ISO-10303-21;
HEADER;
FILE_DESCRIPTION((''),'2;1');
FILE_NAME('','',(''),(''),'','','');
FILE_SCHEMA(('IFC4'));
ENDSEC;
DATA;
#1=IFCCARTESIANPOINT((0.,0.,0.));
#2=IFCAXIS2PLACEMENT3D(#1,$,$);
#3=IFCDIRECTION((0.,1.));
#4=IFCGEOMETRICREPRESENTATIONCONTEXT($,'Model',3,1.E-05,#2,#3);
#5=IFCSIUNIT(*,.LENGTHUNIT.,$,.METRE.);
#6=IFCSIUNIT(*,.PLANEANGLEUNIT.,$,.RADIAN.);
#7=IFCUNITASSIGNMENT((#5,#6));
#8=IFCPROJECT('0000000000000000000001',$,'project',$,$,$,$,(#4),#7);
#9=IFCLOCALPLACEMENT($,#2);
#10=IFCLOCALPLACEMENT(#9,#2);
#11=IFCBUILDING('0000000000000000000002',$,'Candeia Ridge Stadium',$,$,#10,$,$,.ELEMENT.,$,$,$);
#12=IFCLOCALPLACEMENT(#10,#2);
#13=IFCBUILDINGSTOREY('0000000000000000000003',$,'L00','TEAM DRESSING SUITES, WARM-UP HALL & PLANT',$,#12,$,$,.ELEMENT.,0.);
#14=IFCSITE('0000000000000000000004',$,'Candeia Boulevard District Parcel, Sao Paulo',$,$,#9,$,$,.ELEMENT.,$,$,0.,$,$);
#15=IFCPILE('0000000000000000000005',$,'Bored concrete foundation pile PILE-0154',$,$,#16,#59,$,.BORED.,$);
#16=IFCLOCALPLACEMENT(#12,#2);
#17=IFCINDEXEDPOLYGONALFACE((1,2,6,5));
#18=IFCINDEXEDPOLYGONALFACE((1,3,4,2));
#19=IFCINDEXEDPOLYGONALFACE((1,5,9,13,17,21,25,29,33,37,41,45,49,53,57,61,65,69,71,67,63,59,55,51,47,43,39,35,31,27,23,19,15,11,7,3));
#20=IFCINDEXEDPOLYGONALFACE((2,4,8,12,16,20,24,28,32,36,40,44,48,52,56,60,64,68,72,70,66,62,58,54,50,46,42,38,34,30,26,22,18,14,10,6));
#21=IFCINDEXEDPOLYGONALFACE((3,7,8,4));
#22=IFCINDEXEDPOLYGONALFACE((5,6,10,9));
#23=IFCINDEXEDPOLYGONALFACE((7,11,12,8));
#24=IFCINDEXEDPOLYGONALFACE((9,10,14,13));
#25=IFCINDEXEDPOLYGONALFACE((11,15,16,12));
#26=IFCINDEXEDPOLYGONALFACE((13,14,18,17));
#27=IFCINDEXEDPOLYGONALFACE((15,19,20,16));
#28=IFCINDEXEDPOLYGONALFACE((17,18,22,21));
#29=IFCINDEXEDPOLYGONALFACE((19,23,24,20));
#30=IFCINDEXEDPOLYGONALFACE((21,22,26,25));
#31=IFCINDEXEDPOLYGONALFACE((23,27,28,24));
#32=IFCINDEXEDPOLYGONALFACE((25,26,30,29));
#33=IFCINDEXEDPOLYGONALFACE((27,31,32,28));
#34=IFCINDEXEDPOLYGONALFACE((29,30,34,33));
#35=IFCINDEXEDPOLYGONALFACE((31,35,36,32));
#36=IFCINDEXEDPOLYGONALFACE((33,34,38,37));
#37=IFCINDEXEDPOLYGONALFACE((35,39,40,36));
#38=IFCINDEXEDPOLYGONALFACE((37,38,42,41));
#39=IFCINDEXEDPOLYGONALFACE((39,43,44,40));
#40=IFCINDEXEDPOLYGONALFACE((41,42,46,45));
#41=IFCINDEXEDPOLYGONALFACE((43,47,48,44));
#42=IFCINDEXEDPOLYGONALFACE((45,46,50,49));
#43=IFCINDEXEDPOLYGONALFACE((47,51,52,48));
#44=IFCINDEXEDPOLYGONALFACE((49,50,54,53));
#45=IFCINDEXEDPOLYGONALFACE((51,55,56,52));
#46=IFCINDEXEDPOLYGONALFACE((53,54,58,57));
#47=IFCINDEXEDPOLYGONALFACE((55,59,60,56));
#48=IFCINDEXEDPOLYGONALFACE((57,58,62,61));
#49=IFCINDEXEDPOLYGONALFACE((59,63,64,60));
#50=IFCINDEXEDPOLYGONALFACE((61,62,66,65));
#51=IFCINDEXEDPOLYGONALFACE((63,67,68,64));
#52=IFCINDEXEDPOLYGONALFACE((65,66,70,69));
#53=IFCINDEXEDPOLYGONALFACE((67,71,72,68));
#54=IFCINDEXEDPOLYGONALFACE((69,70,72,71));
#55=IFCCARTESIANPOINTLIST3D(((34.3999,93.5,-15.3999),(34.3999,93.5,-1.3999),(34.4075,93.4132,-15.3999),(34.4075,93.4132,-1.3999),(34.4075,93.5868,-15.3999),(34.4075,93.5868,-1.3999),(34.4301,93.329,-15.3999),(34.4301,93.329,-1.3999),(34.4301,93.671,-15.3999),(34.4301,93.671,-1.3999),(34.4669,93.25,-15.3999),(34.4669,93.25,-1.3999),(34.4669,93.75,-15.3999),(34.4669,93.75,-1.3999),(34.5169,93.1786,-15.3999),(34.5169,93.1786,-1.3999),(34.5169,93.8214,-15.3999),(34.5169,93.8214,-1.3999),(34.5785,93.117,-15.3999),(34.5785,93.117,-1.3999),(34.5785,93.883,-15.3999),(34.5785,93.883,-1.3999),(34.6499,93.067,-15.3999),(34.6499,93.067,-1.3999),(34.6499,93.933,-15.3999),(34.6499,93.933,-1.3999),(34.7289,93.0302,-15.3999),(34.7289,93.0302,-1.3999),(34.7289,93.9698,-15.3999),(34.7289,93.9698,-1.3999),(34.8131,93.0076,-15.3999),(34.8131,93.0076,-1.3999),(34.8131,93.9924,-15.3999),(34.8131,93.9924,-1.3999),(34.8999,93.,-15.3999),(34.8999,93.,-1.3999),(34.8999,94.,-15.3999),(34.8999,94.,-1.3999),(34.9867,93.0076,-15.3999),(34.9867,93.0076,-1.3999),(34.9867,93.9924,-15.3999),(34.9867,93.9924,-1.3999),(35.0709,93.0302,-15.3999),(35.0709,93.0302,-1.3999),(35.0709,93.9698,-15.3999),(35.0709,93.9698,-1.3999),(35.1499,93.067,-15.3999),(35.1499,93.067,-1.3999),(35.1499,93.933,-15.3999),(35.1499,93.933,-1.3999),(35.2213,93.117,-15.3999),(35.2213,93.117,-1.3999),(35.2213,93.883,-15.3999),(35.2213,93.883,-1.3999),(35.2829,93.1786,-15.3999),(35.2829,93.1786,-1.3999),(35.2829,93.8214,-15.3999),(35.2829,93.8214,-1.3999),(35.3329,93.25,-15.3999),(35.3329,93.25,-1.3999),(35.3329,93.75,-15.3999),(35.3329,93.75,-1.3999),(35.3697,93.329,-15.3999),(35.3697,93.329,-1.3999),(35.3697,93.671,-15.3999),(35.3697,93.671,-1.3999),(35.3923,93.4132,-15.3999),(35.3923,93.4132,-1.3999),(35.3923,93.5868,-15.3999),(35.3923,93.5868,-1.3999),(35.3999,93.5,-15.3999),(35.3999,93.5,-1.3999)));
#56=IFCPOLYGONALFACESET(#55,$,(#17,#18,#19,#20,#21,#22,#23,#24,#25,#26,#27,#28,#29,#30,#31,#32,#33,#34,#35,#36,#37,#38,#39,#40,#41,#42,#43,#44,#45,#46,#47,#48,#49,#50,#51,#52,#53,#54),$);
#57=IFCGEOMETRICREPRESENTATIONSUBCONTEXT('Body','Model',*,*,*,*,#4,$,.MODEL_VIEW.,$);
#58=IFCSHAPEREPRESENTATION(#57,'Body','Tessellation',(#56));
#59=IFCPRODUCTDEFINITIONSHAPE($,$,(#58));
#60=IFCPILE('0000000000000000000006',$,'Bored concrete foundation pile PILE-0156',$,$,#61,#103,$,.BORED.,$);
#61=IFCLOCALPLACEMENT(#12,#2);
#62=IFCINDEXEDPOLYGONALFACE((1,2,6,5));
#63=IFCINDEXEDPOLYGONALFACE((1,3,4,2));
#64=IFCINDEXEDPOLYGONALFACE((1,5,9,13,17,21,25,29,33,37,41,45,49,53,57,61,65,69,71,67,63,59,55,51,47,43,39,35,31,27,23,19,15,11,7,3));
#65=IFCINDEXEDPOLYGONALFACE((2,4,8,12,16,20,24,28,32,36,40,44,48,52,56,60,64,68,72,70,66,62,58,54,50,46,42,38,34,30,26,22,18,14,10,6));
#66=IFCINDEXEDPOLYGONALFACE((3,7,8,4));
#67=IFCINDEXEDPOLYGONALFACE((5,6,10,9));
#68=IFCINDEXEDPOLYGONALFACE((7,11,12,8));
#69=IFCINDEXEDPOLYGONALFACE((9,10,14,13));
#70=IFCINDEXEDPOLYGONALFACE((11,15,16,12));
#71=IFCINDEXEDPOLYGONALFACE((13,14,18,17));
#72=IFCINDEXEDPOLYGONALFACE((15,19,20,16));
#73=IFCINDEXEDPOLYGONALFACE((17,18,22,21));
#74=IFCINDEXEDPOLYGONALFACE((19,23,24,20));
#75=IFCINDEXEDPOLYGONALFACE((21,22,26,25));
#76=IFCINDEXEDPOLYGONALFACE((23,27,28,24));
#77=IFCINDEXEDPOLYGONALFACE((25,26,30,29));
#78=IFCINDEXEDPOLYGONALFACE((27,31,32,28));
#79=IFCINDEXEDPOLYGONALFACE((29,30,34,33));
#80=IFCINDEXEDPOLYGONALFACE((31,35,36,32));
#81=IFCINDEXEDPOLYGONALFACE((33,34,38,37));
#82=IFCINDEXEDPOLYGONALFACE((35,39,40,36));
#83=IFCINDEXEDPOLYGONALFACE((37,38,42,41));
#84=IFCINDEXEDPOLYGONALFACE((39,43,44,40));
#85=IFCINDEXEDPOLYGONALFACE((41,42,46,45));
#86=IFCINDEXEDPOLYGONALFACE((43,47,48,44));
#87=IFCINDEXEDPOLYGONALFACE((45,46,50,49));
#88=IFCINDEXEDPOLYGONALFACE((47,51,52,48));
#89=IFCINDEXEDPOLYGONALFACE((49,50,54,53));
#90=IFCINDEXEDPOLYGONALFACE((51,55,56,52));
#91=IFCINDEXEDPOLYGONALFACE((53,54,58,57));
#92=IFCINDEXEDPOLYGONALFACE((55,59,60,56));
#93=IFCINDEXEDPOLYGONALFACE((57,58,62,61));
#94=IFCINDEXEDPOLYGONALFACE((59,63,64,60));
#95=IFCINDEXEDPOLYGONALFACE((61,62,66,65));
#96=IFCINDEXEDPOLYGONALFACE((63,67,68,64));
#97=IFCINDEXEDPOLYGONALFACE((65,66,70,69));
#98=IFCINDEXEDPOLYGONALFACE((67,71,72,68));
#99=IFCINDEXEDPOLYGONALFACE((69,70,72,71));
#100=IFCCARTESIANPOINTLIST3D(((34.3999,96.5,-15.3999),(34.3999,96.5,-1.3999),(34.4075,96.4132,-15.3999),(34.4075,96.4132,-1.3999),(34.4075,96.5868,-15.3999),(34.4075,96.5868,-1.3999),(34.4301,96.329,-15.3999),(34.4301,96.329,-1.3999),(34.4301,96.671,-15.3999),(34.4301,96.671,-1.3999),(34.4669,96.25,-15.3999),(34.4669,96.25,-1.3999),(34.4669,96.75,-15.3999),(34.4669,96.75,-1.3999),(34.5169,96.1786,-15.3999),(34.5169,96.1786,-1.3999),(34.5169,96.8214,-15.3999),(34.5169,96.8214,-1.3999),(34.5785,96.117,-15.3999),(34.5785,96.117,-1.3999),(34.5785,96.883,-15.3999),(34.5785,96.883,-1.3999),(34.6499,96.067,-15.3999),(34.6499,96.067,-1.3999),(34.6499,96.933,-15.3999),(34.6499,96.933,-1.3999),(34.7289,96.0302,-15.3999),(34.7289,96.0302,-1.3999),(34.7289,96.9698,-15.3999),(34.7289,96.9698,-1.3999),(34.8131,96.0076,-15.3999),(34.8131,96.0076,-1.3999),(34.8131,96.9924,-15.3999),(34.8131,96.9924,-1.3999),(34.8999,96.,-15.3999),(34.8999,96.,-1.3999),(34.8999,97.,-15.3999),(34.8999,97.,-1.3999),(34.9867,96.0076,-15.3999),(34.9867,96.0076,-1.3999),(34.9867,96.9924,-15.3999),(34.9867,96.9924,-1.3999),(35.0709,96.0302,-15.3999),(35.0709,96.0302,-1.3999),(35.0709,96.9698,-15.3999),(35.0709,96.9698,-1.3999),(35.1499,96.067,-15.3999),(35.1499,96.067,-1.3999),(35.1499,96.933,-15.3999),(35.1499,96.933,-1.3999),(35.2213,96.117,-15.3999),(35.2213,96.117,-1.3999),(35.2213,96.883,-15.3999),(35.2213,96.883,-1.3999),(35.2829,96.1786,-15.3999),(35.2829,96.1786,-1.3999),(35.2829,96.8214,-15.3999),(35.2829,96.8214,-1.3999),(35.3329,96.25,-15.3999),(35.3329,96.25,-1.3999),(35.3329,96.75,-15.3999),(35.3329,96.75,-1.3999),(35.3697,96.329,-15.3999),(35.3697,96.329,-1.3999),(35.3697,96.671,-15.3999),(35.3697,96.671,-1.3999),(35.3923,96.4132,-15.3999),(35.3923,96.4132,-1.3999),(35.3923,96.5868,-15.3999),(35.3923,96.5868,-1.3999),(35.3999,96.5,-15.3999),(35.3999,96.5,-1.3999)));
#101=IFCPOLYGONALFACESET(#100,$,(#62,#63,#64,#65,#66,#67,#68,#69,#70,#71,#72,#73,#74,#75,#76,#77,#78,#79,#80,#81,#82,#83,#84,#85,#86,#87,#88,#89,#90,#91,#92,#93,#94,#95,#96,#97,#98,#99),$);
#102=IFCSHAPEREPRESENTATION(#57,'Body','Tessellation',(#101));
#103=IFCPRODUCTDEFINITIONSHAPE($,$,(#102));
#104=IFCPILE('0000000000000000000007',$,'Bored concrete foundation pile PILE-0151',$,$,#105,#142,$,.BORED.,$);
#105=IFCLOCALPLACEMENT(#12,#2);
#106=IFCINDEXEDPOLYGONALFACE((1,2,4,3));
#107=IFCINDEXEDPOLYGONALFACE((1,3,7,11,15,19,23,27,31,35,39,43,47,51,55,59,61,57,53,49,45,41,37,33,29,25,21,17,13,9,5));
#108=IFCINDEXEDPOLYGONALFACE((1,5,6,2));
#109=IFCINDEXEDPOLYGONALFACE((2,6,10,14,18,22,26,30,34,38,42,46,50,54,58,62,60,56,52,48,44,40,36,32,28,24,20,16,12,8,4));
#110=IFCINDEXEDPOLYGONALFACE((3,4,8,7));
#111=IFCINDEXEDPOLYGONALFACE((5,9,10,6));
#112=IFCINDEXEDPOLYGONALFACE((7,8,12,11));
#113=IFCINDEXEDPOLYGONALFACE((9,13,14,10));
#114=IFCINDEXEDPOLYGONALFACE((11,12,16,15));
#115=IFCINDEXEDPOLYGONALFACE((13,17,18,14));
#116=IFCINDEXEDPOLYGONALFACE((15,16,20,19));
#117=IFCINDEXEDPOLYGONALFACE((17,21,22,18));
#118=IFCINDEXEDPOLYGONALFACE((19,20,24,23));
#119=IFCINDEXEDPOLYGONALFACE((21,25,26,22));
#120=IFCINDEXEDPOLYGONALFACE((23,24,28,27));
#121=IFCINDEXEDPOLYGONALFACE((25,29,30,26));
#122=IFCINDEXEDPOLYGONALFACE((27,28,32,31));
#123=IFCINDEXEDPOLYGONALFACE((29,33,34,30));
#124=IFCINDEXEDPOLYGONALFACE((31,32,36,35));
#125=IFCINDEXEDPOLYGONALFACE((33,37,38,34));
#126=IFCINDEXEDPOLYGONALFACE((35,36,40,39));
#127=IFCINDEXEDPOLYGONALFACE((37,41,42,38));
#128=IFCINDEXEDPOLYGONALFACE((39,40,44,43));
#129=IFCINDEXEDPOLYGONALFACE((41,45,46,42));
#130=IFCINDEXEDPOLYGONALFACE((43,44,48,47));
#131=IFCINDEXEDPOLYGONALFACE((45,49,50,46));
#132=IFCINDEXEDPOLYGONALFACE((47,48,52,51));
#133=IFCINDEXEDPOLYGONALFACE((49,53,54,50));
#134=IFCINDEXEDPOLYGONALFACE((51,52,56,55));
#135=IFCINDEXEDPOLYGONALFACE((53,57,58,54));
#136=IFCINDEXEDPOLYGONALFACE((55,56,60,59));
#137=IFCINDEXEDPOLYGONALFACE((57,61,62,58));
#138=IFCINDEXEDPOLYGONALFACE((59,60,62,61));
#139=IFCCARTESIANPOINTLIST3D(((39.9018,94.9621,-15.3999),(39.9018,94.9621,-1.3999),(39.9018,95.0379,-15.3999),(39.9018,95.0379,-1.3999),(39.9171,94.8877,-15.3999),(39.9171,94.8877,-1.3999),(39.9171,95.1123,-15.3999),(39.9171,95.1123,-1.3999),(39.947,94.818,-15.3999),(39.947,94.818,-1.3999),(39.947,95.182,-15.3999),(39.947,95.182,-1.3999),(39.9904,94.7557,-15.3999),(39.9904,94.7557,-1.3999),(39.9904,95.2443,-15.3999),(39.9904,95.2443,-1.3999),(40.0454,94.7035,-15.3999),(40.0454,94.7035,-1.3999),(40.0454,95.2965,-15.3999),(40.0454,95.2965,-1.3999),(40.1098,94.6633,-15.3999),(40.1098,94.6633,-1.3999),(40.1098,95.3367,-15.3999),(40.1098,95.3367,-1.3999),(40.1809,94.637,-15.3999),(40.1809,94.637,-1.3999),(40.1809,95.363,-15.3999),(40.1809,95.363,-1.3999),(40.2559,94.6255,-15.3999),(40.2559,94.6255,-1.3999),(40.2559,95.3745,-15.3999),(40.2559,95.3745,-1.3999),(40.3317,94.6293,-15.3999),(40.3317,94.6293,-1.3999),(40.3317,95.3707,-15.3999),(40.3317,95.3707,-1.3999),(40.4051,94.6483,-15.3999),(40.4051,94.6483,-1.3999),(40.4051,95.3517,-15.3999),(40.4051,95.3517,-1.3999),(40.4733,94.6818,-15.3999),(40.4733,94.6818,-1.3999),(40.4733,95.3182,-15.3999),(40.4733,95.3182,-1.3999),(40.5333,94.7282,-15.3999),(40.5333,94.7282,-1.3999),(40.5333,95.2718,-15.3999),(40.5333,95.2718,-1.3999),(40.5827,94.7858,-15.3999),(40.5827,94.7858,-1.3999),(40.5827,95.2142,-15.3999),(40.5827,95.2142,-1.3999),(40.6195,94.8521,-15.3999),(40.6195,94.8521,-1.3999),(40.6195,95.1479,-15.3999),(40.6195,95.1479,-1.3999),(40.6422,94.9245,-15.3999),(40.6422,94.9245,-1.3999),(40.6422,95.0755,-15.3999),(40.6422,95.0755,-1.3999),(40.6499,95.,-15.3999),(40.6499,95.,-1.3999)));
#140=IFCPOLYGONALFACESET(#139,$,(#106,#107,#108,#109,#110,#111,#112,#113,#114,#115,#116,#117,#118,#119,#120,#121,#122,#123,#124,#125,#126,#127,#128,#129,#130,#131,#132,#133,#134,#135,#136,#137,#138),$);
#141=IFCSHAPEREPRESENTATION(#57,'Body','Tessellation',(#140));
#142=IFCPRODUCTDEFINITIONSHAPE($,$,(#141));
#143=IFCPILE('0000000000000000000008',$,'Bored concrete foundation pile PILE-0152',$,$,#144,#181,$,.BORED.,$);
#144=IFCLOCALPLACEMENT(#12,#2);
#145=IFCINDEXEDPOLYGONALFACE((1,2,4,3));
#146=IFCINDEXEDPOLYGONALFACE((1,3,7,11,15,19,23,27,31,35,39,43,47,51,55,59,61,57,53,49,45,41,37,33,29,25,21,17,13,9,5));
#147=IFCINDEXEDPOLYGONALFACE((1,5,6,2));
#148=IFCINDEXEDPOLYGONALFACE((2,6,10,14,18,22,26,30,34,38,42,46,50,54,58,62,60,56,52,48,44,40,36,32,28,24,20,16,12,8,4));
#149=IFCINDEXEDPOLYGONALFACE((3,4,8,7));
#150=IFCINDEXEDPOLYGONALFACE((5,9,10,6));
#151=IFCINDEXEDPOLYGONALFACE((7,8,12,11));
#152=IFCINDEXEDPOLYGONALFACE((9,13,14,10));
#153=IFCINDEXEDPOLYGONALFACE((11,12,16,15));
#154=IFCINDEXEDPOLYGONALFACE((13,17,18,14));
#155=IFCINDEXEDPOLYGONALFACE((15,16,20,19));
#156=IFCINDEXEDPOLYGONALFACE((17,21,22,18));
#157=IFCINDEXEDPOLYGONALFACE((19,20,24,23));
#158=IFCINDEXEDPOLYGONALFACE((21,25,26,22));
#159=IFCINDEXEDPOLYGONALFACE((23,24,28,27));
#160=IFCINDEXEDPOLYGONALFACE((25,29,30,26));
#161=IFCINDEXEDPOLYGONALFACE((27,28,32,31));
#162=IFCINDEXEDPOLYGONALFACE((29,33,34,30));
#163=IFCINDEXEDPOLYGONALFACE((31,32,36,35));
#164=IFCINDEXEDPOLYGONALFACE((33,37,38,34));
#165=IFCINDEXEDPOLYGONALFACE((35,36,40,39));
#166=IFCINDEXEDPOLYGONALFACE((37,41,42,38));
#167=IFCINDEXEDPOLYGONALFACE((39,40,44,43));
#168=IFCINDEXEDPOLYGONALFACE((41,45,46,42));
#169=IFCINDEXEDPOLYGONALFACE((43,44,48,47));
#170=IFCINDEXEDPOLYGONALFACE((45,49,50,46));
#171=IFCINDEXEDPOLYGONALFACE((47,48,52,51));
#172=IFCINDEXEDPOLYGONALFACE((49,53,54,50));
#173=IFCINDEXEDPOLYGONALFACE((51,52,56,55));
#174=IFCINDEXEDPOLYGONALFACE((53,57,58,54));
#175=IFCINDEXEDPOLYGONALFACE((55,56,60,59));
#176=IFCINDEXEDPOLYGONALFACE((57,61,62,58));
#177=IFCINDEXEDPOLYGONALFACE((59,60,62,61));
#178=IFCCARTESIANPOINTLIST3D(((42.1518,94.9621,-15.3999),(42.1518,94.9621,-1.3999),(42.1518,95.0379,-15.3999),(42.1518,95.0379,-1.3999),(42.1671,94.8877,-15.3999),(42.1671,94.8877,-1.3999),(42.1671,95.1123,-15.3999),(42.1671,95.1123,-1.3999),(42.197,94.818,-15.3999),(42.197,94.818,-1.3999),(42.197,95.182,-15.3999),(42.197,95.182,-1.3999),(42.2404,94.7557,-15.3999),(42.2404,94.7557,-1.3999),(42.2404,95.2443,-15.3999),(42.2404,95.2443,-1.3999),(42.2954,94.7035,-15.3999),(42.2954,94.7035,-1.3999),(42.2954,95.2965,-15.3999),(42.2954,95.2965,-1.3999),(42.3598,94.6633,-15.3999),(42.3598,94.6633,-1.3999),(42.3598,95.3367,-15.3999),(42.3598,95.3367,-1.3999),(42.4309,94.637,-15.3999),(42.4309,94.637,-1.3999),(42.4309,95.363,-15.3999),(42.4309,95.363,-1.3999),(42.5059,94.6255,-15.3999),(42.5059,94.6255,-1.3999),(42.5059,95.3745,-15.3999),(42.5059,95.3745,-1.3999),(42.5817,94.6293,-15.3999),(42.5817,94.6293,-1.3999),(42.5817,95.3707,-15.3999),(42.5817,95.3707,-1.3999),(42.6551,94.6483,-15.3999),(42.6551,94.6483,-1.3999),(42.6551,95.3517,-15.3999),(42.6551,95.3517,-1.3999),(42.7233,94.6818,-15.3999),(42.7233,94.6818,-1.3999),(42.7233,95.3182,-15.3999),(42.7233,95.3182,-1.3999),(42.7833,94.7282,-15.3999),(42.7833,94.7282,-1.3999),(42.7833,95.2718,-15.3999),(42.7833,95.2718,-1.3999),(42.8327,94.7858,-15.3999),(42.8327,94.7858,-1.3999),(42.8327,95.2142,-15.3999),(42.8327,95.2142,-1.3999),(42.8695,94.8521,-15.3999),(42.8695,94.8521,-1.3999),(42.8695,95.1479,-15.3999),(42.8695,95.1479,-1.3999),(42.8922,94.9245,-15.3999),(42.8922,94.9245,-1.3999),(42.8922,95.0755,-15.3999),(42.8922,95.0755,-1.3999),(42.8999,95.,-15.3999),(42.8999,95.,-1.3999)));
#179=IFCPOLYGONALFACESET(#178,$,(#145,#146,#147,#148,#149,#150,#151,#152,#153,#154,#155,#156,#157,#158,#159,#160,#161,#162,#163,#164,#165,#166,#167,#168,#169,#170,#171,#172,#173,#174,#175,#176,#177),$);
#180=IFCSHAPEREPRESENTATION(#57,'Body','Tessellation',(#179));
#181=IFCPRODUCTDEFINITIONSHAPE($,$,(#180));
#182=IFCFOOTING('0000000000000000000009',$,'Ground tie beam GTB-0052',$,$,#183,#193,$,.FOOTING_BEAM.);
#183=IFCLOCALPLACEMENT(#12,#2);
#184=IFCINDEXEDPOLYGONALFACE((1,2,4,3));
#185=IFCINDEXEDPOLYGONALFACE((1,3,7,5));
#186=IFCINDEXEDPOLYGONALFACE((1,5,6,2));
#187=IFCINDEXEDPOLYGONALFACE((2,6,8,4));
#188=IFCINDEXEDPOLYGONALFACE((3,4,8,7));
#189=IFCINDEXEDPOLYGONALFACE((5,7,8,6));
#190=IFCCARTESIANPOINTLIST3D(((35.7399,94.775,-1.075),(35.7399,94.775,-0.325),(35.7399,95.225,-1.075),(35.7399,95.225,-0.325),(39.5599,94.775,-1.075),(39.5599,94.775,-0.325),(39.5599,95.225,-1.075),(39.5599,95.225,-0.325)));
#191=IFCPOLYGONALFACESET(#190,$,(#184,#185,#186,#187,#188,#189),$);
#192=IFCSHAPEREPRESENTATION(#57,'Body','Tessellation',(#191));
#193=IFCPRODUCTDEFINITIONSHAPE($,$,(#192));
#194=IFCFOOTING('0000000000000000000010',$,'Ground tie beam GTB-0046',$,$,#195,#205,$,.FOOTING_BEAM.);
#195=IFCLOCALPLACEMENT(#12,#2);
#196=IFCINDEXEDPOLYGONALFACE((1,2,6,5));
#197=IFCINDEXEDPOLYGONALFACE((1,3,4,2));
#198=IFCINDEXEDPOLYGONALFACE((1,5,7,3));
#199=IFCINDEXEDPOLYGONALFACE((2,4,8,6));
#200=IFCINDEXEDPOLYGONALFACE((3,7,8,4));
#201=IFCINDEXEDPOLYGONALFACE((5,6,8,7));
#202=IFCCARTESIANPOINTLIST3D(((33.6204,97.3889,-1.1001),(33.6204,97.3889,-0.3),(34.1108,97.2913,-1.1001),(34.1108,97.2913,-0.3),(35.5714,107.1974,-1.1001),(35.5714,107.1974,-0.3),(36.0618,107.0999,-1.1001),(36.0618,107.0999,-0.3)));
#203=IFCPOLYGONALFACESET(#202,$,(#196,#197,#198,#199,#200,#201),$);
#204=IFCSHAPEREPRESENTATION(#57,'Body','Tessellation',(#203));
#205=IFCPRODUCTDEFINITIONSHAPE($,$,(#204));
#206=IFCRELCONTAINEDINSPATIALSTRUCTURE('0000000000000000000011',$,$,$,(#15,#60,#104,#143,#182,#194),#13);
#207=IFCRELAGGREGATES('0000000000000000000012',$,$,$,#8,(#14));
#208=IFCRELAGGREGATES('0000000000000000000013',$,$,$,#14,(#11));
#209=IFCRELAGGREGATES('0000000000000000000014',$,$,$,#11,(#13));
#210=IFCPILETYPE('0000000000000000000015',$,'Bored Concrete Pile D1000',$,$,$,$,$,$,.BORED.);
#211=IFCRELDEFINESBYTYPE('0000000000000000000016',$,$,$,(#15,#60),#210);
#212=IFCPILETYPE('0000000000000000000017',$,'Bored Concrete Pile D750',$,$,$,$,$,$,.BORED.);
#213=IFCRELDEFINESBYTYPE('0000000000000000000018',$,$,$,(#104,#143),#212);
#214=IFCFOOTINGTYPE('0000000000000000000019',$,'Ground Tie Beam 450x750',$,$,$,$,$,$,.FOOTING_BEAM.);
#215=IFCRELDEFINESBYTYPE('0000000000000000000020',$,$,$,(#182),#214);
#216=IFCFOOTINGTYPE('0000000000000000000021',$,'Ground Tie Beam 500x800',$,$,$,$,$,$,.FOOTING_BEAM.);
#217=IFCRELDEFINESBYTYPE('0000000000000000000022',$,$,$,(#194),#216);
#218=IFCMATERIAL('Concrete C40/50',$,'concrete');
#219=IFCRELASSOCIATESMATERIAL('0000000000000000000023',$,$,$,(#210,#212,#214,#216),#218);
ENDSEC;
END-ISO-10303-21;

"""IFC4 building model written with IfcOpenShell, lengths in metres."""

from ifc_helpers import new_model, si_unit, direction, frame, origin, origin_2d, place, context, subcontext, project, spatial, rectangle, circle, extrude, material, material_profile, profile_set, type_object, element, save


model = new_model("IFC4")

# Units and contexts
model_context = context("Model", 3, precision=1e-05, world=origin(), true_north=direction((0.0, 1.0)))
body_context = subcontext(model_context, "Body", "Model", "MODEL_VIEW")
ifc_project = project(units=[si_unit("LENGTHUNIT", "METRE"), si_unit("PLANEANGLEUNIT", "RADIAN")], contexts=[model_context])

# Site, building, storey
site_placement = place(None, origin())
site = spatial("IfcSite", under=ifc_project, at=site_placement, Name="Candeia Boulevard District Parcel, Sao Paulo", CompositionType="ELEMENT", RefElevation=0.0)
building_placement = place(site_placement, origin())
building = spatial("IfcBuilding", under=site, at=building_placement, Name="Candeia Ridge Stadium", CompositionType="ELEMENT")
storey_placement = place(building_placement, origin())
storey = spatial("IfcBuildingStorey", under=building, at=storey_placement, Name="L00", Description="TEAM DRESSING SUITES, WARM-UP HALL & PLANT", CompositionType="ELEMENT", Elevation=0.0)

# Piles
ifc_material_1 = material(Name="Concrete C40/50", Category="concrete")
ifc_material_profile_1 = material_profile(ifc_material_1, circle(Radius=0.5, at=origin_2d()), Name="PILE-D1000", Category="concrete")
ifc_profile_set_1 = profile_set([ifc_material_profile_1], Name="Concrete C40/50")
pile_type_1 = type_object("IfcPileType", Name="Bored Concrete Pile D1000", PredefinedType="BORED", material=ifc_profile_set_1)
for number, where, z_axis, x_axis, name in (
    (1, (34.8999, 93.5, -1.3999), (0.0, 0.0, -1.0), (1.0, 0.0, 0.0), "Bored concrete foundation pile PILE-0154"),
    (2, (34.8999, 96.5, -1.3999), (0.0, 0.0, -1.0), (1.0, 0.0, 0.0), "Bored concrete foundation pile PILE-0156"),
):
    element("IfcPile", number, at=place(storey_placement, frame(where, z_axis=z_axis, x_axis=x_axis)), inside=storey, type_object=pile_type_1, Name=name, PredefinedType="BORED", context=body_context, shape_type="SweptSolid", body=[
        extrude(circle(Radius=0.5, at=origin_2d()), origin(), (0.0, 0.0, 1.0), 14.0),
    ])
ifc_material_profile_2 = material_profile(ifc_material_1, circle(Radius=0.375, at=origin_2d()), Name="PILE-D750", Category="concrete")
ifc_profile_set_2 = profile_set([ifc_material_profile_2], Name="Concrete C40/50")
pile_type_2 = type_object("IfcPileType", Name="Bored Concrete Pile D750", PredefinedType="BORED", material=ifc_profile_set_2)
for number, where, z_axis, x_axis, name in (
    (3, (40.2749, 95.0, -1.3999), (0.0, 0.0, -1.0), (1.0, 0.0, 0.0), "Bored concrete foundation pile PILE-0151"),
    (4, (42.5249, 95.0, -1.3999), (0.0, 0.0, -1.0), (1.0, 0.0, 0.0), "Bored concrete foundation pile PILE-0152"),
):
    element("IfcPile", number, at=place(storey_placement, frame(where, z_axis=z_axis, x_axis=x_axis)), inside=storey, type_object=pile_type_2, Name=name, PredefinedType="BORED", context=body_context, shape_type="SweptSolid", body=[
        extrude(circle(Radius=0.375, at=origin_2d()), origin(), (0.0, 0.0, 1.0), 14.0),
    ])

# Footings
footing_type_1 = type_object("IfcFootingType", Name="Ground Tie Beam 450x750", PredefinedType="FOOTING_BEAM", material=ifc_material_1)
footing_1_placement = place(storey_placement, frame((37.6499, 95.0, -1.075), z_axis=(0.0, 0.0, 1.0), x_axis=(-1.0, 0.0, 0.0)))
element("IfcFooting", 5, at=footing_1_placement, inside=storey, type_object=footing_type_1, Name="Ground tie beam GTB-0052", PredefinedType="FOOTING_BEAM", context=body_context, shape_type="SweptSolid", body=[
    extrude(rectangle(XDim=3.8201, YDim=0.45, at=origin_2d()), origin(), (0.0, 0.0, 1.0), 0.75),
])
footing_type_2 = type_object("IfcFootingType", Name="Ground Tie Beam 500x800", PredefinedType="FOOTING_BEAM", material=ifc_material_1)
footing_2_placement = place(storey_placement, frame((34.8411, 102.2444, -1.1001), z_axis=(0.0, 0.0, 1.0), x_axis=(-0.195087, -0.980786, 0.0)))
element("IfcFooting", 6, at=footing_2_placement, inside=storey, type_object=footing_type_2, Name="Ground tie beam GTB-0046", PredefinedType="FOOTING_BEAM", context=body_context, shape_type="SweptSolid", body=[
    extrude(rectangle(XDim=10.0007, YDim=0.5, at=origin_2d()), origin(), (0.0, 0.0, 1.0), 0.8),
])

save(model, "model.ifc")
